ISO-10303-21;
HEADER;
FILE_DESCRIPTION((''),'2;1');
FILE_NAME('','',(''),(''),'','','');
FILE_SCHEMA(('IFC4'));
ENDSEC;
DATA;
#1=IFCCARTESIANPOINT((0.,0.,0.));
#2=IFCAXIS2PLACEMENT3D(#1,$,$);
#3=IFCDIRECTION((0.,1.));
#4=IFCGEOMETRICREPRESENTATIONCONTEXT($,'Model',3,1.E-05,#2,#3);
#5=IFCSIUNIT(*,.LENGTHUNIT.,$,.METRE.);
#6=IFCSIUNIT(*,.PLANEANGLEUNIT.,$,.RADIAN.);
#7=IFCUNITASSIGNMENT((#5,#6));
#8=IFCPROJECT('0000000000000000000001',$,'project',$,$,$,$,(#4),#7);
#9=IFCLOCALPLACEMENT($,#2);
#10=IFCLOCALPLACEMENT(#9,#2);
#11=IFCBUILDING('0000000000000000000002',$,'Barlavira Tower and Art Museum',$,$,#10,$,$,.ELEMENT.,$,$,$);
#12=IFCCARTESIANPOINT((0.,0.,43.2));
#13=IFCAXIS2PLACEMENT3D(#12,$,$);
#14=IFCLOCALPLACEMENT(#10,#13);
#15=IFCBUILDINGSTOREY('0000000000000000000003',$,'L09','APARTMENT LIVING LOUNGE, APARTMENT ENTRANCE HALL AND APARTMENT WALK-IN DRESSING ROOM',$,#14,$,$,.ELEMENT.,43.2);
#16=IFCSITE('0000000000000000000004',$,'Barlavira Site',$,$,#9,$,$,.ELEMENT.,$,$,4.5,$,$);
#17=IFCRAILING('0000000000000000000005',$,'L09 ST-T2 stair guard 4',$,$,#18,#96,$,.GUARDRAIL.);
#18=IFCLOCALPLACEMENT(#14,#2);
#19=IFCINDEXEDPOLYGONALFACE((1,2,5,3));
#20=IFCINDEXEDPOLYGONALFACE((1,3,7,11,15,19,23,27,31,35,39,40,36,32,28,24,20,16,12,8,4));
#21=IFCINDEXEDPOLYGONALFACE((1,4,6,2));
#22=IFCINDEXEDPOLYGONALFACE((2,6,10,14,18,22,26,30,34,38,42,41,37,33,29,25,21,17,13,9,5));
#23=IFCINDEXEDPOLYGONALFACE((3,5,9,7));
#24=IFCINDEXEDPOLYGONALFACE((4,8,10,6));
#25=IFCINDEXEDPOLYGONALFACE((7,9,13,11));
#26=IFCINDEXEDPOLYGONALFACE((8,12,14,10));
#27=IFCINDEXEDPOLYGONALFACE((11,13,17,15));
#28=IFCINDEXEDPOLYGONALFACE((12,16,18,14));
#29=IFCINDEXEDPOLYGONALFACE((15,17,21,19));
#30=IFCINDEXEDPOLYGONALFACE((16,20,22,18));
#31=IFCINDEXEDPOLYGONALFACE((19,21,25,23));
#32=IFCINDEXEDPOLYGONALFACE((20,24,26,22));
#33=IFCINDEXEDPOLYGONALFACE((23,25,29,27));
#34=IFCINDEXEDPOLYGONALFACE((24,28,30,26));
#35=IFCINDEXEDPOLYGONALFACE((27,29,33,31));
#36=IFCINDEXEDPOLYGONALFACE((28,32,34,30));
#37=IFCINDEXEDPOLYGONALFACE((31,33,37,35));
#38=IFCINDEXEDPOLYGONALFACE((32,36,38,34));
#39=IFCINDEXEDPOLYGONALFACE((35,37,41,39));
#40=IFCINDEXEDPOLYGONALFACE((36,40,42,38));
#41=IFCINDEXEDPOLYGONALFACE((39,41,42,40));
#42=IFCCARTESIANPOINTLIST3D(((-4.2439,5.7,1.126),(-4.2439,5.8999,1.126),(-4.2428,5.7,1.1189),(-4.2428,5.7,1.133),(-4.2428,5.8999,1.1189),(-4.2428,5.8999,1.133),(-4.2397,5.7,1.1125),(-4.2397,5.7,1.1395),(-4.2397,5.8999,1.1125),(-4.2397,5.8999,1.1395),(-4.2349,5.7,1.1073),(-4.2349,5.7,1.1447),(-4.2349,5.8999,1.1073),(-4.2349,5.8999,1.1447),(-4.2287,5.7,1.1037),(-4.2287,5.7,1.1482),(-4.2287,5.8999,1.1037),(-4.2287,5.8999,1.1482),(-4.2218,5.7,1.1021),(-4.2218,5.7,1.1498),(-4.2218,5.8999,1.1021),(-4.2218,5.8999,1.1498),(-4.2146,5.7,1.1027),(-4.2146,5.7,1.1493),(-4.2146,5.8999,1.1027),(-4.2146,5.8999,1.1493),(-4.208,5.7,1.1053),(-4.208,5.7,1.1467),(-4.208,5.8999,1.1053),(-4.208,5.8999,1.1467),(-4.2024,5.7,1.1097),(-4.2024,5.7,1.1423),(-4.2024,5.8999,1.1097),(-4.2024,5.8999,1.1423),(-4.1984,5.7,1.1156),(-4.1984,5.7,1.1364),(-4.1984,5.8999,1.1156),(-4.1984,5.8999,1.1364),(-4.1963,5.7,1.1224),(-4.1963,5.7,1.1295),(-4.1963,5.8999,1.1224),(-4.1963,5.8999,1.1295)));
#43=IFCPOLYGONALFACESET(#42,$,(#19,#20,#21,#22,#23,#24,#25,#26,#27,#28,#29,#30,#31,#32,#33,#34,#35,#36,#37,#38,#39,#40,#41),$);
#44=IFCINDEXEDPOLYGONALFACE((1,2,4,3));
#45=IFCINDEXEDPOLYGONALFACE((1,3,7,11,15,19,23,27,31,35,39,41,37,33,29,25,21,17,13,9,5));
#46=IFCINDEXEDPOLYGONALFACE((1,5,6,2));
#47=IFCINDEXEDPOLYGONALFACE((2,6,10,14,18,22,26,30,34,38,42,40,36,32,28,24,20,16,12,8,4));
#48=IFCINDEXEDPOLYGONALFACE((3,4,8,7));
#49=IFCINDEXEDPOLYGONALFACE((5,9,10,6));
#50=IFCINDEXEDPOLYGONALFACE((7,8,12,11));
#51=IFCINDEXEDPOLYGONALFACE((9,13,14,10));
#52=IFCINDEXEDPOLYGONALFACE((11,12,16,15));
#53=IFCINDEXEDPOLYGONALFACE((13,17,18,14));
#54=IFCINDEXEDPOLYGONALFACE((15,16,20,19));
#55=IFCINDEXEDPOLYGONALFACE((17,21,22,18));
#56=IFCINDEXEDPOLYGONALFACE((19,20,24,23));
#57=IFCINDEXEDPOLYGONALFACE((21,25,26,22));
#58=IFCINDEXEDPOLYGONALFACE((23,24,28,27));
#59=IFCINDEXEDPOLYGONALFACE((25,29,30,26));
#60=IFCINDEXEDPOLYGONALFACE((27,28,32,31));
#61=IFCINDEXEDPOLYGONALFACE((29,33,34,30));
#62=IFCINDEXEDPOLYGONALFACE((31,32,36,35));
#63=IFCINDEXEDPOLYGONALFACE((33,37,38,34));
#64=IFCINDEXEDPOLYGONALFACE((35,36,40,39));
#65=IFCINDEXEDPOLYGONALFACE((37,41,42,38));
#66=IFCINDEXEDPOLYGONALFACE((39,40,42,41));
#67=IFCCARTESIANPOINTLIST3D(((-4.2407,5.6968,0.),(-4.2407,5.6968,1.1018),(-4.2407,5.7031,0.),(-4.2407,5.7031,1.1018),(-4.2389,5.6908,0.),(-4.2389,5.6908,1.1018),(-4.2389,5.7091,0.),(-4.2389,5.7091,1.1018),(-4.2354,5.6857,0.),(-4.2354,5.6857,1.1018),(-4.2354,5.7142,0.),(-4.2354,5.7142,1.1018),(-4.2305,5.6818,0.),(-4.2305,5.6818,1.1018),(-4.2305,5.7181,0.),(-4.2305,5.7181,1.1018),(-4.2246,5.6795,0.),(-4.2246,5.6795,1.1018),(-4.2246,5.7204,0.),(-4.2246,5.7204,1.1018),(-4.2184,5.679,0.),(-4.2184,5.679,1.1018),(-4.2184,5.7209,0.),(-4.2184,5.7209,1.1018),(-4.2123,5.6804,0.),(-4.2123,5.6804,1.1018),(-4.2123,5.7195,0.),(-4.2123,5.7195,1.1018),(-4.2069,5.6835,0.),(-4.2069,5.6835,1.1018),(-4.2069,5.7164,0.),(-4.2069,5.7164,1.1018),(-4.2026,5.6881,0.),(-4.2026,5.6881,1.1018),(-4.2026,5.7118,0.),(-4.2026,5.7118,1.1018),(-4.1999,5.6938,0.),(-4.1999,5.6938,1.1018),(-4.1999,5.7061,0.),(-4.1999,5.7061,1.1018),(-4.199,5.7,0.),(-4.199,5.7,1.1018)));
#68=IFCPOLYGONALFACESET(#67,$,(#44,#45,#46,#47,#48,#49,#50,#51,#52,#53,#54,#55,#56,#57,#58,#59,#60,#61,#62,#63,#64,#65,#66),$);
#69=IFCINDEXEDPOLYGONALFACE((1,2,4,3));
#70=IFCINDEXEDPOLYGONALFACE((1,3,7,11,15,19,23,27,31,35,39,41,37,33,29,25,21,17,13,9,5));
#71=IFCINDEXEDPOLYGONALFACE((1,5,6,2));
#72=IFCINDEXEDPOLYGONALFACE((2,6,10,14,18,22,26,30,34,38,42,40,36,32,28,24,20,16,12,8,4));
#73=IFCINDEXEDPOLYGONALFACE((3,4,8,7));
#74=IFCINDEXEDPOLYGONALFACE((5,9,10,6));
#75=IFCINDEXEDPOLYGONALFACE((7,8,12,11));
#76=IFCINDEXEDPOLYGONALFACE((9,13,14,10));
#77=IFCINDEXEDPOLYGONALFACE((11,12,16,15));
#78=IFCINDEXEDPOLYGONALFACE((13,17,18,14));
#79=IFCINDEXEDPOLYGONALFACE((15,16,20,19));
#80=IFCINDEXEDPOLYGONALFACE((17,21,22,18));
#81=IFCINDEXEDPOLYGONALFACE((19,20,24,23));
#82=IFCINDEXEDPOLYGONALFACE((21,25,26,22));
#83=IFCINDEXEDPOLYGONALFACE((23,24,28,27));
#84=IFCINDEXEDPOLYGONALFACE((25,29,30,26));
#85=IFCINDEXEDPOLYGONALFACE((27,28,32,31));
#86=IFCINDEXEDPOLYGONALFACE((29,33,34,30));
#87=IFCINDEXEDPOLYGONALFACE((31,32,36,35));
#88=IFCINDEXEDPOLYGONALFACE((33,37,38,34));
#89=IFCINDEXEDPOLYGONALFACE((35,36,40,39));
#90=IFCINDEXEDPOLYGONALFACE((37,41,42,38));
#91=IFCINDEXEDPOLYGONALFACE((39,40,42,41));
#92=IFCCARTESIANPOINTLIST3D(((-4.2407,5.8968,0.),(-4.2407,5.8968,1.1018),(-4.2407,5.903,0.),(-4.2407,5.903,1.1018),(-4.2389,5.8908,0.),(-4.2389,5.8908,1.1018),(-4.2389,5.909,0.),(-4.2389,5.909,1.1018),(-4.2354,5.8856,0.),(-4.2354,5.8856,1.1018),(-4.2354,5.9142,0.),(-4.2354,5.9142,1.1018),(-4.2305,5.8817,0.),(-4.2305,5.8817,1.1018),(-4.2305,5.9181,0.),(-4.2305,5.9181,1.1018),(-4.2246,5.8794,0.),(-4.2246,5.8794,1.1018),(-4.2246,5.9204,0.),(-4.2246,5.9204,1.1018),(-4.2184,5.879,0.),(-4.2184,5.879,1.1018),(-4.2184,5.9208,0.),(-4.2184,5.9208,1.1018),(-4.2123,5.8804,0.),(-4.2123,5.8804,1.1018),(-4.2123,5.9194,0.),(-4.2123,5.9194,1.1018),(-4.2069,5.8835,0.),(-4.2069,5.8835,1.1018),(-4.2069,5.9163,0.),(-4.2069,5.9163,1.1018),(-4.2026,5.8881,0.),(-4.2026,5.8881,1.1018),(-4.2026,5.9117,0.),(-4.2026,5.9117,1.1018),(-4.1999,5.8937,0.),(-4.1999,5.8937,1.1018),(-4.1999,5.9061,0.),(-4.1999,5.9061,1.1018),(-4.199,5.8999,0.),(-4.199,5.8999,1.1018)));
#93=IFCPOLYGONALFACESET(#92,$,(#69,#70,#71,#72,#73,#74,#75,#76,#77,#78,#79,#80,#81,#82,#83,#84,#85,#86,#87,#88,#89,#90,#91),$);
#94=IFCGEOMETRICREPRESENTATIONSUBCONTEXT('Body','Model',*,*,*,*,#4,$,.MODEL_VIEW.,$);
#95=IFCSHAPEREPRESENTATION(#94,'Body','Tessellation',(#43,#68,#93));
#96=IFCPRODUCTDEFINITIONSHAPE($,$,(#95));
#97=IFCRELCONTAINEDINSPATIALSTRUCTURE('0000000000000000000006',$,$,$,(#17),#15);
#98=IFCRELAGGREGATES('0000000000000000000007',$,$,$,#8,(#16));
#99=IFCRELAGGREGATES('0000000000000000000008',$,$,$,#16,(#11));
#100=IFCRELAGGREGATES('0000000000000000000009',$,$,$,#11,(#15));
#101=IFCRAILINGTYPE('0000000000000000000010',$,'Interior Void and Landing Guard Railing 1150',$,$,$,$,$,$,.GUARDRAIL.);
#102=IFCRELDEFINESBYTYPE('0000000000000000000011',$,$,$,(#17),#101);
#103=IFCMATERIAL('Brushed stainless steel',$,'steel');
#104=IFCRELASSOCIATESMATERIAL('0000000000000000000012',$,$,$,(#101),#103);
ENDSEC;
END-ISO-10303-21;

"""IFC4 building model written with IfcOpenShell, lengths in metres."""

from ifc_helpers import new_model, si_unit, direction, frame, origin, origin_2d, place, context, subcontext, project, spatial, circle, extrude, material, type_object, element, save


model = new_model("IFC4")

# Units and contexts
model_context = context("Model", 3, precision=1e-05, world=origin(), true_north=direction((0.0, 1.0)))
body_context = subcontext(model_context, "Body", "Model", "MODEL_VIEW")
ifc_project = project(units=[si_unit("LENGTHUNIT", "METRE"), si_unit("PLANEANGLEUNIT", "RADIAN")], contexts=[model_context])

# Site, building, storey
site_placement = place(None, origin())
site = spatial("IfcSite", under=ifc_project, at=site_placement, Name="Barlavira Site", CompositionType="ELEMENT", RefElevation=4.5)
building_placement = place(site_placement, origin())
building = spatial("IfcBuilding", under=site, at=building_placement, Name="Barlavira Tower and Art Museum", CompositionType="ELEMENT")
storey_placement = place(building_placement, frame((0.0, 0.0, 43.2)))
storey = spatial("IfcBuildingStorey", under=building, at=storey_placement, Name="L09", Description="APARTMENT LIVING LOUNGE, APARTMENT ENTRANCE HALL AND APARTMENT WALK-IN DRESSING ROOM", CompositionType="ELEMENT", Elevation=43.2)

# Shared definitions
ifc_material_1 = material(Name="Brushed stainless steel", Category="steel")

# Railing
railing_type_1 = type_object("IfcRailingType", Name="Interior Void and Landing Guard Railing 1150", PredefinedType="GUARDRAIL", material=ifc_material_1)
railing_1_placement = place(storey_placement, frame((-4.22, 5.7, 0.0)))
element("IfcRailing", 1, at=railing_1_placement, inside=storey, type_object=railing_type_1, Name="L09 ST-T2 stair guard 4", PredefinedType="GUARDRAIL", context=body_context, shape_type="SweptSolid", body=[
    extrude(circle(Radius=0.0239, at=origin_2d()), frame((0.0, 0.0, 1.126), z_axis=(0.0, 1.0, 0.0), x_axis=(-1.0, 0.0, 0.0)), (0.0, 0.0, 1.0), 0.2),
    extrude(circle(Radius=0.021, at=origin_2d()), origin(), (0.0, 0.0, 1.0), 1.1018),
    extrude(circle(Radius=0.021, at=origin_2d()), frame((0.0, 0.2, 0.0)), (0.0, 0.0, 1.0), 1.1018),
])

save(model, "model.ifc")
